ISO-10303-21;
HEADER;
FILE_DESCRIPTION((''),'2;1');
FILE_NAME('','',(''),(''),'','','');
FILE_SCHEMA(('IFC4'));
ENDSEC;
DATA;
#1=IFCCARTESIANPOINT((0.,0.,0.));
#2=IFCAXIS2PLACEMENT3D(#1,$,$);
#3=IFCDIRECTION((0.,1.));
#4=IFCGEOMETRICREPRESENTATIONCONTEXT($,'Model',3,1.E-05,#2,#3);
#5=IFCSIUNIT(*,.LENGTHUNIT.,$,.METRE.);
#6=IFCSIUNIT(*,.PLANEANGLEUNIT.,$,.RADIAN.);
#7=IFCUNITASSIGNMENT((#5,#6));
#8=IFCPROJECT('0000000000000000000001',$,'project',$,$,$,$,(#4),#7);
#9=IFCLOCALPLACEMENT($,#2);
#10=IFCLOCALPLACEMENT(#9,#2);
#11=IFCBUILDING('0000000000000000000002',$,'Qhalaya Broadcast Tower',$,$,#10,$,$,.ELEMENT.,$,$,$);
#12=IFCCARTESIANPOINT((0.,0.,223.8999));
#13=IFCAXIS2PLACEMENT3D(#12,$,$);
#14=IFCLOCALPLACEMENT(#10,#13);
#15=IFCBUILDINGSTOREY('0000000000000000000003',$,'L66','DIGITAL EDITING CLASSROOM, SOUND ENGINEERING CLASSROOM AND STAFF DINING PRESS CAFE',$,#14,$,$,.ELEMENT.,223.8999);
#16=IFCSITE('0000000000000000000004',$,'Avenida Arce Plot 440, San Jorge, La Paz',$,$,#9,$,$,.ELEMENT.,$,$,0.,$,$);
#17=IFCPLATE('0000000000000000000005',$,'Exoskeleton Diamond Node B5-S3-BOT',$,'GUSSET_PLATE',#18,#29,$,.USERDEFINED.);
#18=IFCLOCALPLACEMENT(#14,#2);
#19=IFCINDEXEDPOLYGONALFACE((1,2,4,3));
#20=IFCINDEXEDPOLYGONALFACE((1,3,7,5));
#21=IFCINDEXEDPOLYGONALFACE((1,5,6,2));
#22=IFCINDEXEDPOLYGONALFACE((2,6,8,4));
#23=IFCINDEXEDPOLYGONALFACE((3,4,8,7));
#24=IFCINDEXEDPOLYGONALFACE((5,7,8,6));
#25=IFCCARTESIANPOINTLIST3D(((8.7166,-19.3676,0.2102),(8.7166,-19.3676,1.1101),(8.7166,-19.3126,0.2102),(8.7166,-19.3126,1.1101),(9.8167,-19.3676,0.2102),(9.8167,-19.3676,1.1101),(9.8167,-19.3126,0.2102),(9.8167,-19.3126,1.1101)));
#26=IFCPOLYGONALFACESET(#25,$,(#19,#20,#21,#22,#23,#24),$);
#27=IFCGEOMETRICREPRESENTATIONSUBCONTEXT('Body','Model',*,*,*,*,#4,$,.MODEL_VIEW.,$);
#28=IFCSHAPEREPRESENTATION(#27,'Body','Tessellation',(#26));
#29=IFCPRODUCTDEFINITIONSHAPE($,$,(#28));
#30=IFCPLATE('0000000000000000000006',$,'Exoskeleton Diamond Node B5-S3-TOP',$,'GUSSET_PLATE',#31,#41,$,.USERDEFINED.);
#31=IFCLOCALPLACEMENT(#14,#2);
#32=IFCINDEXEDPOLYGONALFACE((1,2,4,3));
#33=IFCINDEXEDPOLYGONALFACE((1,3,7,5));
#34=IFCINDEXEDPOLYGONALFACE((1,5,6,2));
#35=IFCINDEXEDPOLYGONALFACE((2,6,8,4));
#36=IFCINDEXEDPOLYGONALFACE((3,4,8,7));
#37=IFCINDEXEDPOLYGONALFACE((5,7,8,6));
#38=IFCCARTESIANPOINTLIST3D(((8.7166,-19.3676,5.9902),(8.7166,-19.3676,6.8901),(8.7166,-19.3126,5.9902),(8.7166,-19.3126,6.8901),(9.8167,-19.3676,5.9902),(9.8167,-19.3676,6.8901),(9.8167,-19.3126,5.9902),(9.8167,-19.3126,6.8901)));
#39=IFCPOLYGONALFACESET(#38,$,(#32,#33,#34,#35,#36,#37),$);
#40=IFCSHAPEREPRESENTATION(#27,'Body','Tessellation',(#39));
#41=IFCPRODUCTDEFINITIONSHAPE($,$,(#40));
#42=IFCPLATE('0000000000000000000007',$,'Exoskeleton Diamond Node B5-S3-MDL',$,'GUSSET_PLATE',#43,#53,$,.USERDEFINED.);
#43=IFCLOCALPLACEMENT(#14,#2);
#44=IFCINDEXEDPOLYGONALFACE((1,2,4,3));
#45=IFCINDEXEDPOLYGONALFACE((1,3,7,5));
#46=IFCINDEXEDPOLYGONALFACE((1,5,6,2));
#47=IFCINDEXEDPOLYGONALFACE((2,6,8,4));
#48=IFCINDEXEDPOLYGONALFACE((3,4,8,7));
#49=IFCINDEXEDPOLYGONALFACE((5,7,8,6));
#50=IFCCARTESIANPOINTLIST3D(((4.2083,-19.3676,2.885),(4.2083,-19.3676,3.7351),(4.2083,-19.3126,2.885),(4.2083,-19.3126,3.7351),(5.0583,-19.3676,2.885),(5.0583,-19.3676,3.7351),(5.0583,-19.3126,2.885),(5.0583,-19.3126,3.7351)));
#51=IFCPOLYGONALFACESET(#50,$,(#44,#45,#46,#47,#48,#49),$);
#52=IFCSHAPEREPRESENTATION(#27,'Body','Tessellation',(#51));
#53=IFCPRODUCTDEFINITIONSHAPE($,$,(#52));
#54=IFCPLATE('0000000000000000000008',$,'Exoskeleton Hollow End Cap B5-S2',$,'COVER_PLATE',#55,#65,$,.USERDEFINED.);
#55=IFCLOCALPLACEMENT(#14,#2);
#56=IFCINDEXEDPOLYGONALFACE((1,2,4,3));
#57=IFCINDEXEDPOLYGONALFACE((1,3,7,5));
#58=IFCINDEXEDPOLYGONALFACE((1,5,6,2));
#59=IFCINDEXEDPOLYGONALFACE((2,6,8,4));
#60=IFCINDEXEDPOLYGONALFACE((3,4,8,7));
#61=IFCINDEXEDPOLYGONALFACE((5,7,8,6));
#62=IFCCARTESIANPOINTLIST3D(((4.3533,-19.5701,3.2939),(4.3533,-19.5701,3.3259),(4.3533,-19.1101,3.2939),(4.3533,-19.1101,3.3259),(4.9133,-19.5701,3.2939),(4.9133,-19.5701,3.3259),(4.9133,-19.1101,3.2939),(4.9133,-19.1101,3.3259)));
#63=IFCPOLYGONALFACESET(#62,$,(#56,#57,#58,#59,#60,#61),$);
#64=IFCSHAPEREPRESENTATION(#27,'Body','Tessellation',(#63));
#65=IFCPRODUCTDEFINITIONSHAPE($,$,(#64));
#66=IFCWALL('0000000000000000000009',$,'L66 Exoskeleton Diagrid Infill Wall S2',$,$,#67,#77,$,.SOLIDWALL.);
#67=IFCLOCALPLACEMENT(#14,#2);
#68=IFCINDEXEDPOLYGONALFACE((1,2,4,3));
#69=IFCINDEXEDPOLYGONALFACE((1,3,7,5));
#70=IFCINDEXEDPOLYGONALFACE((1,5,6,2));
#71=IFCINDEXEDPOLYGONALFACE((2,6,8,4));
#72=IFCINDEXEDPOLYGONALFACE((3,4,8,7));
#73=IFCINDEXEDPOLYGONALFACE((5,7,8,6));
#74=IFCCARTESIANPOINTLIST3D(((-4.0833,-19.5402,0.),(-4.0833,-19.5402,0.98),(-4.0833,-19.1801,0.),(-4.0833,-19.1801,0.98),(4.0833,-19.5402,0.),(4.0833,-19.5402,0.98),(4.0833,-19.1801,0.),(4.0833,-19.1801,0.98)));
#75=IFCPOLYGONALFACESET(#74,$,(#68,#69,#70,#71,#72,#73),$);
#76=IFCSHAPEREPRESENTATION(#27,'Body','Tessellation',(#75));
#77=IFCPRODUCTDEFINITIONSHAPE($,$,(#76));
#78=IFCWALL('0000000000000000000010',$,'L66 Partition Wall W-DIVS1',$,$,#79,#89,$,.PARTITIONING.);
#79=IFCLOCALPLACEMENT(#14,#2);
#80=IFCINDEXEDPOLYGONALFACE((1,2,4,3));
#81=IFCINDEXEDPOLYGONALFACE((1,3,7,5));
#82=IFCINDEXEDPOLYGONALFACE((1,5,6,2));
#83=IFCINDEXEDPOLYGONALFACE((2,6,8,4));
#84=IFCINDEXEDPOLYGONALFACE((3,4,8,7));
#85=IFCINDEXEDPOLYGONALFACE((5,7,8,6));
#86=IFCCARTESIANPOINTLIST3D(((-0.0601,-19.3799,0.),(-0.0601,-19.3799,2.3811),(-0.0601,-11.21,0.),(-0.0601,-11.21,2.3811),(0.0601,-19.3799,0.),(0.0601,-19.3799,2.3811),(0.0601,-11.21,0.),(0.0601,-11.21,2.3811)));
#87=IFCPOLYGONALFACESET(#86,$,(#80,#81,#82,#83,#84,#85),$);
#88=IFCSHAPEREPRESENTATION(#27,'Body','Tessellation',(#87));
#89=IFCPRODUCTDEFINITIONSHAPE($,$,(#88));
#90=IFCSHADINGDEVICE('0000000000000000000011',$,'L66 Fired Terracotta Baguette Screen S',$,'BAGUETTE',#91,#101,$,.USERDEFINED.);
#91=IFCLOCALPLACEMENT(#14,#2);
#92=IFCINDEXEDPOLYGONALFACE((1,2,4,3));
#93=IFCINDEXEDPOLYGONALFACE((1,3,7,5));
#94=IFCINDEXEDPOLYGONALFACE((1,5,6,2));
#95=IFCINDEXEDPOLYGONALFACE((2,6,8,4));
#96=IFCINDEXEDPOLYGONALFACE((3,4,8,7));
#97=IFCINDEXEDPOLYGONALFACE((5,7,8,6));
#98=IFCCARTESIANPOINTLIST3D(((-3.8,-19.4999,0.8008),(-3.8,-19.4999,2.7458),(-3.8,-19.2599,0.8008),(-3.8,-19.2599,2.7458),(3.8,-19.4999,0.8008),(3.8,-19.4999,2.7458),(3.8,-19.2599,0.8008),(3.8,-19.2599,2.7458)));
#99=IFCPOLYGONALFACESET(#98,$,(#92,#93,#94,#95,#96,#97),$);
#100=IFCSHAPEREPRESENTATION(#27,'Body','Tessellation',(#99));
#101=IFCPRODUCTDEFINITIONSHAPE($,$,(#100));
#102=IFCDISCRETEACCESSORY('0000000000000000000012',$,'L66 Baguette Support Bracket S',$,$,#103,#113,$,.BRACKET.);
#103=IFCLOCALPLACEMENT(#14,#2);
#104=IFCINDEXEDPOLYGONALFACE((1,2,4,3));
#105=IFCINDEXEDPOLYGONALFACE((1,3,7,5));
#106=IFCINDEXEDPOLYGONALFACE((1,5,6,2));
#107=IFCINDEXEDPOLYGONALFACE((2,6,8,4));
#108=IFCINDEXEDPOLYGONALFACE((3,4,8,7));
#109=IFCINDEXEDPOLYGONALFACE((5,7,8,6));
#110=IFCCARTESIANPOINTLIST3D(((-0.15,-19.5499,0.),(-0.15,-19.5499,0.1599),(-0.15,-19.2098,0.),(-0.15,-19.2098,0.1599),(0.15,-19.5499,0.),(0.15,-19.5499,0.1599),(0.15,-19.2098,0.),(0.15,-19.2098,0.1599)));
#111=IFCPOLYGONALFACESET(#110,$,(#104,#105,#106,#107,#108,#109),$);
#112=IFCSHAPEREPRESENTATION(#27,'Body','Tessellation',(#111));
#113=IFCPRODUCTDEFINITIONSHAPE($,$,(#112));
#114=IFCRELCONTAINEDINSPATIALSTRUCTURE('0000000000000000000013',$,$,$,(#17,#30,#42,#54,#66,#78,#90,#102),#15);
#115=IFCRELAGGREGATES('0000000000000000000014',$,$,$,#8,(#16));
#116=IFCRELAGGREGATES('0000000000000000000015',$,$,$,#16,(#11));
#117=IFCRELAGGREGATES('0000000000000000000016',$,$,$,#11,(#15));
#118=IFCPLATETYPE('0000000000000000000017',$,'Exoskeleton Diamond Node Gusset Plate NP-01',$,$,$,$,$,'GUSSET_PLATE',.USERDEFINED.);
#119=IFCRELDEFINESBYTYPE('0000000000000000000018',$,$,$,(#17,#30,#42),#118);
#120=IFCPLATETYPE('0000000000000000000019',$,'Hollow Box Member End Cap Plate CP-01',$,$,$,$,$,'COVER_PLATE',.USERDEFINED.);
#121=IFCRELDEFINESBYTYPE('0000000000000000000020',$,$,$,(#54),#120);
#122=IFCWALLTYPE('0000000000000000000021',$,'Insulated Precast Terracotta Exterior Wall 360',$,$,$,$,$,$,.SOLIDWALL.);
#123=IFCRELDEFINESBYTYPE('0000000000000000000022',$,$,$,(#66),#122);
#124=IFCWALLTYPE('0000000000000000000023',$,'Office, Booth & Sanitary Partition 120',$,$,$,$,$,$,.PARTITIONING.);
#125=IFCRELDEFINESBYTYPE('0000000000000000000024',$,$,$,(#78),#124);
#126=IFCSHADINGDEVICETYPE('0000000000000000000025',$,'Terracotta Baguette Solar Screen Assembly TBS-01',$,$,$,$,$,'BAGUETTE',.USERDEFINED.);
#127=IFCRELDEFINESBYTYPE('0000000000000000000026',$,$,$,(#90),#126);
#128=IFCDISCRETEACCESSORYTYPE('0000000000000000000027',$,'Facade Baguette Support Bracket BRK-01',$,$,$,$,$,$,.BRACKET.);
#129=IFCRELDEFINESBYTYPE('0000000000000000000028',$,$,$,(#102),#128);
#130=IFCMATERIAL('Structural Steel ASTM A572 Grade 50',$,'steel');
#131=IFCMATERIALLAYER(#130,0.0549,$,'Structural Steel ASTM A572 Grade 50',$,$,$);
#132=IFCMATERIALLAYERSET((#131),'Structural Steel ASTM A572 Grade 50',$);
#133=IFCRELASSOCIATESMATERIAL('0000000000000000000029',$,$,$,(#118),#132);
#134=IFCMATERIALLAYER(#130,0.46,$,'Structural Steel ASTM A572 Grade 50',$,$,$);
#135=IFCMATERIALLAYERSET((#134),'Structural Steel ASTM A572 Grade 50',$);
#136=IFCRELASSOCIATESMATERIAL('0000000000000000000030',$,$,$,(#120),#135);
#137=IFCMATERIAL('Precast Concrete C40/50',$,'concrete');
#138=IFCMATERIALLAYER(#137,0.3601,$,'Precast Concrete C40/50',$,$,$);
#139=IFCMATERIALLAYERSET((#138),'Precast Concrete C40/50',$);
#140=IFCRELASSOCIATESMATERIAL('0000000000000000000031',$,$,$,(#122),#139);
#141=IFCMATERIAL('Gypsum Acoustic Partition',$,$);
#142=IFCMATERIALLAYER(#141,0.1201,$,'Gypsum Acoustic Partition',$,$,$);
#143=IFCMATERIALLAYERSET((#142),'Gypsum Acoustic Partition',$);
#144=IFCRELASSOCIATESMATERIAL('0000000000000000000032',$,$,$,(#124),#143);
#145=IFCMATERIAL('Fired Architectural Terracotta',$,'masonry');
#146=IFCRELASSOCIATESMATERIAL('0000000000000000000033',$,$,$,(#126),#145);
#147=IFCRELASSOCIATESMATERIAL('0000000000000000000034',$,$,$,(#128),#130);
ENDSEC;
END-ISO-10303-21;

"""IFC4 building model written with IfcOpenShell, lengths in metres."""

from ifc_helpers import new_model, si_unit, direction, frame, frame_2d, origin, origin_2d, place, context, subcontext, project, spatial, rectangle, extrude, material, layer, layer_set, type_object, element, save


model = new_model("IFC4")

# Units and contexts
model_context = context("Model", 3, precision=1e-05, world=origin(), true_north=direction((0.0, 1.0)))
body_context = subcontext(model_context, "Body", "Model", "MODEL_VIEW")
ifc_project = project(units=[si_unit("LENGTHUNIT", "METRE"), si_unit("PLANEANGLEUNIT", "RADIAN")], contexts=[model_context])

# Site, building, storey
site_placement = place(None, origin())
site = spatial("IfcSite", under=ifc_project, at=site_placement, Name="Avenida Arce Plot 440, San Jorge, La Paz", CompositionType="ELEMENT", RefElevation=0.0)
building_placement = place(site_placement, origin())
building = spatial("IfcBuilding", under=site, at=building_placement, Name="Qhalaya Broadcast Tower", CompositionType="ELEMENT")
storey_placement = place(building_placement, frame((0.0, 0.0, 223.8999)))
storey = spatial("IfcBuildingStorey", under=building, at=storey_placement, Name="L66", Description="DIGITAL EDITING CLASSROOM, SOUND ENGINEERING CLASSROOM AND STAFF DINING PRESS CAFE", CompositionType="ELEMENT", Elevation=223.8999)

# Shared definitions
ifc_material_1 = material(Name="Structural Steel ASTM A572 Grade 50", Category="steel")

# Plates
ifc_layer_1 = layer(ifc_material_1, 0.0549, Name="Structural Steel ASTM A572 Grade 50")
ifc_layer_set_1 = layer_set([ifc_layer_1], Name="Structural Steel ASTM A572 Grade 50")
plate_type_1 = type_object("IfcPlateType", Name="Exoskeleton Diamond Node Gusset Plate NP-01", ElementType="GUSSET_PLATE", PredefinedType="USERDEFINED", material=ifc_layer_set_1)
for number, where, z_axis, x_axis, name in (
    (1, (9.2666, -19.3401, 0.2102), (0.0, 0.0, 1.0), (1.0, 0.0, 0.0), "Exoskeleton Diamond Node B5-S3-BOT"),
    (2, (9.2666, -19.3401, 5.9902), (0.0, 0.0, 1.0), (1.0, 0.0, 0.0), "Exoskeleton Diamond Node B5-S3-TOP"),
):
    element("IfcPlate", number, at=place(storey_placement, frame(where, z_axis=z_axis, x_axis=x_axis)), inside=storey, type_object=plate_type_1, Name=name, ObjectType="GUSSET_PLATE", PredefinedType="USERDEFINED", context=body_context, shape_type="SweptSolid", body=[
        extrude(rectangle(XDim=1.1001, YDim=0.0549, at=origin_2d()), origin(), (0.0, 0.0, 1.0), 0.8999),
    ])
plate_1_placement = place(storey_placement, frame((4.6333, -19.3401, 2.885), z_axis=(0.0, 0.0, 1.0), x_axis=(1.0, 0.0, 0.0)))
element("IfcPlate", 3, at=plate_1_placement, inside=storey, type_object=plate_type_1, Name="Exoskeleton Diamond Node B5-S3-MDL", ObjectType="GUSSET_PLATE", PredefinedType="USERDEFINED", context=body_context, shape_type="SweptSolid", body=[
    extrude(rectangle(XDim=0.8501, YDim=0.0549, at=origin_2d()), origin(), (0.0, 0.0, 1.0), 0.8501),
])
ifc_layer_2 = layer(ifc_material_1, 0.46, Name="Structural Steel ASTM A572 Grade 50")
ifc_layer_set_2 = layer_set([ifc_layer_2], Name="Structural Steel ASTM A572 Grade 50")
plate_type_2 = type_object("IfcPlateType", Name="Hollow Box Member End Cap Plate CP-01", ElementType="COVER_PLATE", PredefinedType="USERDEFINED", material=ifc_layer_set_2)
plate_2_placement = place(storey_placement, frame((4.6333, -19.3401, 3.2939), z_axis=(0.0, 0.0, 1.0), x_axis=(1.0, 0.0, 0.0)))
element("IfcPlate", 4, at=plate_2_placement, inside=storey, type_object=plate_type_2, Name="Exoskeleton Hollow End Cap B5-S2", ObjectType="COVER_PLATE", PredefinedType="USERDEFINED", context=body_context, shape_type="SweptSolid", body=[
    extrude(rectangle(XDim=0.5601, YDim=0.46, at=origin_2d()), origin(), (0.0, 0.0, 1.0), 0.032),
])

# Walls
ifc_material_2 = material(Name="Precast Concrete C40/50", Category="concrete")
ifc_layer_3 = layer(ifc_material_2, 0.3601, Name="Precast Concrete C40/50")
ifc_layer_set_3 = layer_set([ifc_layer_3], Name="Precast Concrete C40/50")
wall_type_1 = type_object("IfcWallType", Name="Insulated Precast Terracotta Exterior Wall 360", PredefinedType="SOLIDWALL", material=ifc_layer_set_3)
wall_1_placement = place(storey_placement, frame((4.0833, -19.3601, 0.0), z_axis=(0.0, 0.0, 1.0), x_axis=(-1.0, 0.0, 0.0)))
element("IfcWall", 5, at=wall_1_placement, inside=storey, type_object=wall_type_1, Name="L66 Exoskeleton Diagrid Infill Wall S2", PredefinedType="SOLIDWALL", context=body_context, shape_type="SweptSolid", body=[
    extrude(rectangle(XDim=8.1665, YDim=0.3601, at=frame_2d((4.0833, 0.0))), origin(), (0.0, 0.0, 1.0), 0.98),
])
ifc_material_3 = material(Name="Gypsum Acoustic Partition")
ifc_layer_4 = layer(ifc_material_3, 0.1201, Name="Gypsum Acoustic Partition")
ifc_layer_set_4 = layer_set([ifc_layer_4], Name="Gypsum Acoustic Partition")
wall_type_2 = type_object("IfcWallType", Name="Office, Booth & Sanitary Partition 120", PredefinedType="PARTITIONING", material=ifc_layer_set_4)
wall_2_placement = place(storey_placement, frame((0.0, -19.3799, 0.0), z_axis=(0.0, 0.0, 1.0), x_axis=(0.0, 1.0, 0.0)))
element("IfcWall", 6, at=wall_2_placement, inside=storey, type_object=wall_type_2, Name="L66 Partition Wall W-DIVS1", PredefinedType="PARTITIONING", context=body_context, shape_type="SweptSolid", body=[
    extrude(rectangle(XDim=8.1699, YDim=0.1201, at=frame_2d((4.085, 0.0))), origin(), (0.0, 0.0, 1.0), 2.3811),
])

# Shading device
ifc_material_4 = material(Name="Fired Architectural Terracotta", Category="masonry")
shading_device_type = type_object("IfcShadingDeviceType", Name="Terracotta Baguette Solar Screen Assembly TBS-01", ElementType="BAGUETTE", PredefinedType="USERDEFINED", material=ifc_material_4)
shading_device_placement = place(storey_placement, frame((0.0, -19.3799, 0.8008), z_axis=(0.0, 0.0, 1.0), x_axis=(1.0, 0.0, 0.0)))
element("IfcShadingDevice", 7, at=shading_device_placement, inside=storey, type_object=shading_device_type, Name="L66 Fired Terracotta Baguette Screen S", ObjectType="BAGUETTE", PredefinedType="USERDEFINED", context=body_context, shape_type="SweptSolid", body=[
    extrude(rectangle(XDim=7.6001, YDim=0.24, at=origin_2d()), origin(), (0.0, 0.0, 1.0), 1.9451),
])

# Discrete accessory
discrete_accessory_type = type_object("IfcDiscreteAccessoryType", Name="Facade Baguette Support Bracket BRK-01", PredefinedType="BRACKET", material=ifc_material_1)
discrete_accessory_placement = place(storey_placement, frame((0.0, -19.3799, 0.0), z_axis=(0.0, 0.0, 1.0), x_axis=(1.0, 0.0, 0.0)))
element("IfcDiscreteAccessory", 8, at=discrete_accessory_placement, inside=storey, type_object=discrete_accessory_type, Name="L66 Baguette Support Bracket S", PredefinedType="BRACKET", context=body_context, shape_type="SweptSolid", body=[
    extrude(rectangle(XDim=0.3, YDim=0.3401, at=origin_2d()), origin(), (0.0, 0.0, 1.0), 0.1599),
])

save(model, "model.ifc")
